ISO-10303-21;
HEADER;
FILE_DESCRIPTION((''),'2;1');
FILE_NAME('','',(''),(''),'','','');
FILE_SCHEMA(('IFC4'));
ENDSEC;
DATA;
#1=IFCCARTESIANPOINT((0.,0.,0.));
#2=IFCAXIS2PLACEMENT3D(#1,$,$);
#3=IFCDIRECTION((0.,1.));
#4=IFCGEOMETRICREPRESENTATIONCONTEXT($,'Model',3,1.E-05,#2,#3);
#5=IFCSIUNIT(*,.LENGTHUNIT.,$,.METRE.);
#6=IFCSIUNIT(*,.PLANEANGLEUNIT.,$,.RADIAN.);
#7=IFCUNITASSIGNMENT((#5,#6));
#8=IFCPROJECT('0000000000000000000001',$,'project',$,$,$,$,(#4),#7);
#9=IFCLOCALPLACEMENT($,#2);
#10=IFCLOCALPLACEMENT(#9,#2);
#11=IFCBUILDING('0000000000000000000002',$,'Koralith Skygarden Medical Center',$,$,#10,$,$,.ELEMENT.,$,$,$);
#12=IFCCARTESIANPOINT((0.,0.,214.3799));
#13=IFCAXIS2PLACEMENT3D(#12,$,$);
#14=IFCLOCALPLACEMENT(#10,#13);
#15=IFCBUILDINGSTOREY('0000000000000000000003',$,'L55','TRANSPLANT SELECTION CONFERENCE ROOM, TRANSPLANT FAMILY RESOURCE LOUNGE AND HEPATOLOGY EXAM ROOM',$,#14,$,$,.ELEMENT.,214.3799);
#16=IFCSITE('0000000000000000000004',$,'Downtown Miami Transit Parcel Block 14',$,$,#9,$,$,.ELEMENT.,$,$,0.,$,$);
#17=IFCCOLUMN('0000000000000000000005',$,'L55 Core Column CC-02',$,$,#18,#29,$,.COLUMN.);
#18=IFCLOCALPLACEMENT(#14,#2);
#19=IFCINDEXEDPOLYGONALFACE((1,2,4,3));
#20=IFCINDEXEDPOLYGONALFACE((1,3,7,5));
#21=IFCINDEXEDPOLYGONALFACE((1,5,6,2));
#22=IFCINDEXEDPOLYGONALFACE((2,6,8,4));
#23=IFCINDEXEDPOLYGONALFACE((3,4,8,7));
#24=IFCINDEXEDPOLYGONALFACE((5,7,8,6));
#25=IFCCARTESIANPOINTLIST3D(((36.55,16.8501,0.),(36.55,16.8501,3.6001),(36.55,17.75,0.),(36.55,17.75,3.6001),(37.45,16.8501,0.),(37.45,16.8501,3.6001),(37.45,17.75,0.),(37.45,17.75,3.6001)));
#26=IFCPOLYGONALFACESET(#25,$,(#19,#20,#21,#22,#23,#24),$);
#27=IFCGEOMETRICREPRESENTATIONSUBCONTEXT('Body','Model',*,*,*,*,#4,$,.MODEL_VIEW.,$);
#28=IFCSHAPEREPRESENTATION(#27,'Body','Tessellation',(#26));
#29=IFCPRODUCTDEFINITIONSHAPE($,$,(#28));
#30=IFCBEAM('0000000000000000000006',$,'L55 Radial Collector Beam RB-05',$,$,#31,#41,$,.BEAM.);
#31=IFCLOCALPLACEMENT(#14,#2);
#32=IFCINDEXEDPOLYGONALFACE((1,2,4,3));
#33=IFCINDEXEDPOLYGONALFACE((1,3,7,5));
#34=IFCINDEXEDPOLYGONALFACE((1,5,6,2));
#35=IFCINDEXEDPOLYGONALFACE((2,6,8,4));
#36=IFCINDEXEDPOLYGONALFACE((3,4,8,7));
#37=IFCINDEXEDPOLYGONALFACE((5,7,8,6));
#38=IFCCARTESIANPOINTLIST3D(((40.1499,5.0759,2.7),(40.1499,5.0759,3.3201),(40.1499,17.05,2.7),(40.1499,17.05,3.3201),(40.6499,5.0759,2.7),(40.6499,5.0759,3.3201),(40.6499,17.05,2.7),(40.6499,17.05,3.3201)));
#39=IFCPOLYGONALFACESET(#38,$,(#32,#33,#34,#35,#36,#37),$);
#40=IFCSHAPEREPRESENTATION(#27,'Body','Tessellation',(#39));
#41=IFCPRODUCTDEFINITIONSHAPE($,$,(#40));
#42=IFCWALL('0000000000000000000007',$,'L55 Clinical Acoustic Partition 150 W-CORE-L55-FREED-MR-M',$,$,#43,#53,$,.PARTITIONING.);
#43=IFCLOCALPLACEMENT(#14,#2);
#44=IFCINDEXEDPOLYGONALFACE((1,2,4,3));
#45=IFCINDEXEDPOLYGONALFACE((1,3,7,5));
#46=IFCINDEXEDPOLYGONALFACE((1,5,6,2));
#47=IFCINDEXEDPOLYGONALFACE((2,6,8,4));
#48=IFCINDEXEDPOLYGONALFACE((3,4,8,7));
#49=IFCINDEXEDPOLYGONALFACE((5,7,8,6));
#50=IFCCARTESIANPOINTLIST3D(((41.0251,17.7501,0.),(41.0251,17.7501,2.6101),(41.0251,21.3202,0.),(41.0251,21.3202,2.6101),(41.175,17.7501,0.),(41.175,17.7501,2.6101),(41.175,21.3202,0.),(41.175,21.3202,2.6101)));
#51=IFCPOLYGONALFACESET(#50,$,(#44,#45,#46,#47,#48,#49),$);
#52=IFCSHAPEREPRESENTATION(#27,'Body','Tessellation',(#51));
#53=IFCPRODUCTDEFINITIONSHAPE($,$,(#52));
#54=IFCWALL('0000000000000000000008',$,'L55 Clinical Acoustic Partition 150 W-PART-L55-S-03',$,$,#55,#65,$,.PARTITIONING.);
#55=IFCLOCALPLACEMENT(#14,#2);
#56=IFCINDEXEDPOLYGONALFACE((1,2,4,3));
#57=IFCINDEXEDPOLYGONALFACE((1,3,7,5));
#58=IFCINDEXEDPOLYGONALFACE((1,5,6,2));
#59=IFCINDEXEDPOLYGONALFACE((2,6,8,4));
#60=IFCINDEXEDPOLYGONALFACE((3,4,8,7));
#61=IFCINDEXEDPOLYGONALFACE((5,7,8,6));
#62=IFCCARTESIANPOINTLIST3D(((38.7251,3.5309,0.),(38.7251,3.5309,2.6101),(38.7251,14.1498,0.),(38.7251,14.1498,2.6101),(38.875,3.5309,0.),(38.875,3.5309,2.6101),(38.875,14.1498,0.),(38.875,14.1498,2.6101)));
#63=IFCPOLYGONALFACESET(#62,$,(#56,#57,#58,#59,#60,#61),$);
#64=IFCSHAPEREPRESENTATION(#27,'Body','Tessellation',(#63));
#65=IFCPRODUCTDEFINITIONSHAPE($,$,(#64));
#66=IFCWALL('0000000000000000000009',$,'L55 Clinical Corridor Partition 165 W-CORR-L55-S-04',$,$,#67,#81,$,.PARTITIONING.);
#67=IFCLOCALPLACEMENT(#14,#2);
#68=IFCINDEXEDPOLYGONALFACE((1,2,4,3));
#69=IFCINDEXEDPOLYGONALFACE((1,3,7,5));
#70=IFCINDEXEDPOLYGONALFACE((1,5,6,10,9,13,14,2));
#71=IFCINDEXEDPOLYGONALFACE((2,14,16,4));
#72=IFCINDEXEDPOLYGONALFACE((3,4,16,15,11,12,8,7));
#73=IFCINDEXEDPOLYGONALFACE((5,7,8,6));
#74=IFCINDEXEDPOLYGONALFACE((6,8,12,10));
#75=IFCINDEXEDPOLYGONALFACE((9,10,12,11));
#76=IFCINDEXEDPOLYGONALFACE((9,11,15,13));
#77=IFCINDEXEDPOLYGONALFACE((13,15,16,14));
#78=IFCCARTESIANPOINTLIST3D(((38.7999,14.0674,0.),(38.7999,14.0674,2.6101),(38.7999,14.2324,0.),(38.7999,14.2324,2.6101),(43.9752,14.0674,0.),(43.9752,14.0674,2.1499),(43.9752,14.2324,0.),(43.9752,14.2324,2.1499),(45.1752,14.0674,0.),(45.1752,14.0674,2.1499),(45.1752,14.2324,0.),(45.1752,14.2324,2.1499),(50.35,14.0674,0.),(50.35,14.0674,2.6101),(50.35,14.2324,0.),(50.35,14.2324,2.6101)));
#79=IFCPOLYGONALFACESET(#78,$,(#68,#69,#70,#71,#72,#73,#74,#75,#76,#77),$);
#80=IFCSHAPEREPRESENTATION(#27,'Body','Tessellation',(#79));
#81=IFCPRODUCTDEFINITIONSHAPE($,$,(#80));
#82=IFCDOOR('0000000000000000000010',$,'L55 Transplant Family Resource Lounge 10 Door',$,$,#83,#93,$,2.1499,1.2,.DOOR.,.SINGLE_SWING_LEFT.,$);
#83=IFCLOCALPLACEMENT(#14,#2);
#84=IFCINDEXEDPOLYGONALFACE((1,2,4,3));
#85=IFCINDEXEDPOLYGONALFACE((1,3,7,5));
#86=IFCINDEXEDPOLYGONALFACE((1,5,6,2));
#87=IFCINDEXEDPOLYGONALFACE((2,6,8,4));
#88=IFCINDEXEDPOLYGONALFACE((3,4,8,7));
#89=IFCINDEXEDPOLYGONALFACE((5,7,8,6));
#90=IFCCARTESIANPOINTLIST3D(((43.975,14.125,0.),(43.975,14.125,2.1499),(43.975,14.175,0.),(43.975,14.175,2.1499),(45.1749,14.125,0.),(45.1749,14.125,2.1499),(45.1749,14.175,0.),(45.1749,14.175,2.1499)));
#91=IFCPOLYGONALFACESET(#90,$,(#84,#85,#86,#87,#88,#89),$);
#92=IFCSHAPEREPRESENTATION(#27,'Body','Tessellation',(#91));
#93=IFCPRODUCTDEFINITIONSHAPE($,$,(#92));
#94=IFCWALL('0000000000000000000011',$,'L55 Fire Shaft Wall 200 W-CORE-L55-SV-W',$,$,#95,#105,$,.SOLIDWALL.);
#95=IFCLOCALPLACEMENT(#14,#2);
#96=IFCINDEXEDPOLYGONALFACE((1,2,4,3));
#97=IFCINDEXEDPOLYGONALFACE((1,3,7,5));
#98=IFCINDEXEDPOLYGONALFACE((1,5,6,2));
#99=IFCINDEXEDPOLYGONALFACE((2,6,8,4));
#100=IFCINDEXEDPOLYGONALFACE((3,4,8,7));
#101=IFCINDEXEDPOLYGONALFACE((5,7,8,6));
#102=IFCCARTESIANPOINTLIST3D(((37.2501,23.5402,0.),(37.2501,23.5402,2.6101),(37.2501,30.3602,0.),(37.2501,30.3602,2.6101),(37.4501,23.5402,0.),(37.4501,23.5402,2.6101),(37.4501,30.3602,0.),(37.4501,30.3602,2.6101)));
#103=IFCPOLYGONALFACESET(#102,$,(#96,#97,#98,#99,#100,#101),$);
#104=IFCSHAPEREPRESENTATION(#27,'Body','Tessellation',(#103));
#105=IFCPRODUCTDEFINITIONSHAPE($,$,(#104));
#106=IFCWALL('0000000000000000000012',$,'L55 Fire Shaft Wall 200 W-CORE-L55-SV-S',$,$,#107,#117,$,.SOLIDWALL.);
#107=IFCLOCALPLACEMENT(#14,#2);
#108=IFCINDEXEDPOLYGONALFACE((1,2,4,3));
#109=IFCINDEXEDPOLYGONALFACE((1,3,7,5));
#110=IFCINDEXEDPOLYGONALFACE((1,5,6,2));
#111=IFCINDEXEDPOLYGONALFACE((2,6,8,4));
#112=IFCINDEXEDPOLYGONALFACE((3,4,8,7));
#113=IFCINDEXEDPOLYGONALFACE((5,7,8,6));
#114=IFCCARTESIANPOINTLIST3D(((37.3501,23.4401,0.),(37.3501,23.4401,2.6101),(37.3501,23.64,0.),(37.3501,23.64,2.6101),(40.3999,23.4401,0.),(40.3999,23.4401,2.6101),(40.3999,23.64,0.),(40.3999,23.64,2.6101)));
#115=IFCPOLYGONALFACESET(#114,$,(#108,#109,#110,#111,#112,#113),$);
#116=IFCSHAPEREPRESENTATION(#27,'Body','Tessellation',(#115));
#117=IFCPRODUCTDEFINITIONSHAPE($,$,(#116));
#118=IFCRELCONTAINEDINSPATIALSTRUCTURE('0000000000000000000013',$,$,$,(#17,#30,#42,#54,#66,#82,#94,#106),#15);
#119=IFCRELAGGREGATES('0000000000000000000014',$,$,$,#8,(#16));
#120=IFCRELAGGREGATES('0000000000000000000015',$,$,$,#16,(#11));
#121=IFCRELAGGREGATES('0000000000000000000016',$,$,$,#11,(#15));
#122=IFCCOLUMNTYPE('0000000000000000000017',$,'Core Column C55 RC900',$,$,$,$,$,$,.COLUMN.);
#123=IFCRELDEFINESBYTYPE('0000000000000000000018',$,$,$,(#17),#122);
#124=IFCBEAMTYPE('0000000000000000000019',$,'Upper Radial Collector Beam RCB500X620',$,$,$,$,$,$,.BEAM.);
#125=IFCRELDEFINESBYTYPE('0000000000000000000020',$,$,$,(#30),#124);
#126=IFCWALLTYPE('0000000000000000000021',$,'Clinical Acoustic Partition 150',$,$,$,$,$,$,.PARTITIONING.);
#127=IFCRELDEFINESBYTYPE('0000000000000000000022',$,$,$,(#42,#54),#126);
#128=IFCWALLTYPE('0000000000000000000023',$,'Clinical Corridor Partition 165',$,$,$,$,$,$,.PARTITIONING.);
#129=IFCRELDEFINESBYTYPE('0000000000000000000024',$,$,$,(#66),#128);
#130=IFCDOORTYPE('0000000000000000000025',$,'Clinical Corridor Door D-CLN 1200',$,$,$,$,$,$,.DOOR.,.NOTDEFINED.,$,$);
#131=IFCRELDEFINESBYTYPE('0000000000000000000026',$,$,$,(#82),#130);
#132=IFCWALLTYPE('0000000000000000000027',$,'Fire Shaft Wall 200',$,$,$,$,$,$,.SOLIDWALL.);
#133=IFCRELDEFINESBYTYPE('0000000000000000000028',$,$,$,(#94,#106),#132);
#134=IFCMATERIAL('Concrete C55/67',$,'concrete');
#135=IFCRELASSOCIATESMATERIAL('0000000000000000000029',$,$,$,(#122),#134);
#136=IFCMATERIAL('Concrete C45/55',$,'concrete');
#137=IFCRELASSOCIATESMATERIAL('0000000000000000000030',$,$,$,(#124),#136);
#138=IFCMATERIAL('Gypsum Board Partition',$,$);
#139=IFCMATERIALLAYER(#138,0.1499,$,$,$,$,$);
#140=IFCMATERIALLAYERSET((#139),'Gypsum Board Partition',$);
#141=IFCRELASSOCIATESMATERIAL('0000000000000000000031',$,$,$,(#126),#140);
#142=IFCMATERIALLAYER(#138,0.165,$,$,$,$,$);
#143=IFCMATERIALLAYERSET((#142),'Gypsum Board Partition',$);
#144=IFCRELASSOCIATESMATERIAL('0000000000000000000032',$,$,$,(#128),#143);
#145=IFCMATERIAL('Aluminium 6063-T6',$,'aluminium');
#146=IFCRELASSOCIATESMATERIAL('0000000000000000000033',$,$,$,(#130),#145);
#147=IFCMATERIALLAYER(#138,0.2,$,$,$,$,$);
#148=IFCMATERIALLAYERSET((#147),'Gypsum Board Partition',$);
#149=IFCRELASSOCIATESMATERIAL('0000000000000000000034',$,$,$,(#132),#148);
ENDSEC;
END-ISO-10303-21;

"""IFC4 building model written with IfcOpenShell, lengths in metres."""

from ifc_helpers import new_model, si_unit, direction, frame, frame_2d, origin, origin_2d, place, context, subcontext, project, spatial, rectangle, extrude, material, layer, layer_set, material_profile, profile_set, type_object, element, fill, save


model = new_model("IFC4")

# Units and contexts
model_context = context("Model", 3, precision=1e-05, world=origin(), true_north=direction((0.0, 1.0)))
body_context = subcontext(model_context, "Body", "Model", "MODEL_VIEW")
ifc_project = project(units=[si_unit("LENGTHUNIT", "METRE"), si_unit("PLANEANGLEUNIT", "RADIAN")], contexts=[model_context])

# Site, building, storey
site_placement = place(None, origin())
site = spatial("IfcSite", under=ifc_project, at=site_placement, Name="Downtown Miami Transit Parcel Block 14", CompositionType="ELEMENT", RefElevation=0.0)
building_placement = place(site_placement, origin())
building = spatial("IfcBuilding", under=site, at=building_placement, Name="Koralith Skygarden Medical Center", CompositionType="ELEMENT")
storey_placement = place(building_placement, frame((0.0, 0.0, 214.3799)))
storey = spatial("IfcBuildingStorey", under=building, at=storey_placement, Name="L55", Description="TRANSPLANT SELECTION CONFERENCE ROOM, TRANSPLANT FAMILY RESOURCE LOUNGE AND HEPATOLOGY EXAM ROOM", CompositionType="ELEMENT", Elevation=214.3799)

# Column
ifc_material_1 = material(Name="Concrete C55/67", Category="concrete")
ifc_material_profile_1 = material_profile(ifc_material_1, rectangle(XDim=0.8999, YDim=0.8999, at=origin_2d()), Name="RC900X900")
ifc_profile_set_1 = profile_set([ifc_material_profile_1], Name="Concrete C55/67")
column_type = type_object("IfcColumnType", Name="Core Column C55 RC900", PredefinedType="COLUMN", material=ifc_profile_set_1)
column_placement = place(storey_placement, frame((37.0, 17.3, 0.0), z_axis=(0.0, 0.0, 1.0), x_axis=(1.0, 0.0, 0.0)))
element("IfcColumn", 1, at=column_placement, inside=storey, type_object=column_type, Name="L55 Core Column CC-02", PredefinedType="COLUMN", context=body_context, shape_type="SweptSolid", body=[
    extrude(rectangle(XDim=0.8999, YDim=0.8999, at=origin_2d()), origin(), (0.0, 0.0, 1.0), 3.6001),
])

# Beam
ifc_material_2 = material(Name="Concrete C45/55", Category="concrete")
ifc_material_profile_2 = material_profile(ifc_material_2, rectangle(XDim=0.5, YDim=0.6201, at=origin_2d()), Name="RCB500X620")
ifc_profile_set_2 = profile_set([ifc_material_profile_2], Name="Concrete C45/55")
beam_type = type_object("IfcBeamType", Name="Upper Radial Collector Beam RCB500X620", PredefinedType="BEAM", material=ifc_profile_set_2)
beam_placement = place(storey_placement, frame((40.3999, 17.05, 3.01), z_axis=(0.0, -1.0, 0.0), x_axis=(1.0, 0.0, 0.0)))
element("IfcBeam", 2, at=beam_placement, inside=storey, type_object=beam_type, Name="L55 Radial Collector Beam RB-05", PredefinedType="BEAM", context=body_context, shape_type="SweptSolid", body=[
    extrude(rectangle(XDim=0.5, YDim=0.6201, at=origin_2d()), origin(), (0.0, 0.0, 1.0), 11.9741),
])

# Shared definitions
ifc_material_3 = material(Name="Gypsum Board Partition")
ifc_layer_1 = layer(ifc_material_3, 0.1499)
ifc_layer_set_1 = layer_set([ifc_layer_1], Name="Gypsum Board Partition")
wall_type_1 = type_object("IfcWallType", Name="Clinical Acoustic Partition 150", PredefinedType="PARTITIONING", material=ifc_layer_set_1)
ifc_material_4 = material(Name="Aluminium 6063-T6", Category="aluminium")

# Walls
wall_1_placement = place(storey_placement, frame((41.1001, 17.75, 0.0), z_axis=(0.0, 0.0, 1.0), x_axis=(0.0, 1.0, 0.0)))
element("IfcWall", 3, at=wall_1_placement, inside=storey, type_object=wall_type_1, Name="L55 Clinical Acoustic Partition 150 W-CORE-L55-FREED-MR-M", PredefinedType="PARTITIONING", context=body_context, shape_type="SweptSolid", body=[
    extrude(rectangle(XDim=3.5701, YDim=0.1499, at=frame_2d((1.7852, 0.0))), origin(), (0.0, 0.0, 1.0), 2.6101),
])
wall_2_placement = place(storey_placement, frame((38.8, 14.1499, 0.0), z_axis=(0.0, 0.0, 1.0), x_axis=(0.0, -1.0, 0.0)))
element("IfcWall", 4, at=wall_2_placement, inside=storey, type_object=wall_type_1, Name="L55 Clinical Acoustic Partition 150 W-PART-L55-S-03", PredefinedType="PARTITIONING", context=body_context, shape_type="SweptSolid", body=[
    extrude(rectangle(XDim=10.6189, YDim=0.1499, at=frame_2d((5.3096, 0.0))), origin(), (0.0, 0.0, 1.0), 2.6101),
])

# Wall, opening, door
ifc_layer_2 = layer(ifc_material_3, 0.165)
ifc_layer_set_2 = layer_set([ifc_layer_2], Name="Gypsum Board Partition")
wall_type_2 = type_object("IfcWallType", Name="Clinical Corridor Partition 165", PredefinedType="PARTITIONING", material=ifc_layer_set_2)
wall_3_placement = place(storey_placement, frame((38.8, 14.1499, 0.0), z_axis=(0.0, 0.0, 1.0), x_axis=(1.0, 0.0, 0.0)))
wall_3 = element("IfcWall", 5, at=wall_3_placement, inside=storey, type_object=wall_type_2, Name="L55 Clinical Corridor Partition 165 W-CORR-L55-S-04", PredefinedType="PARTITIONING", context=body_context, shape_type="SweptSolid", body=[
    extrude(rectangle(XDim=11.55, YDim=0.165, at=frame_2d((5.7749, 0.0))), origin(), (0.0, 0.0, 1.0), 2.6101),
])
opening_1_placement = place(wall_3_placement, frame((5.175, 0.0, 0.0)))
opening_1 = element("IfcOpeningElement", 6, at=opening_1_placement, cuts=wall_3, PredefinedType="OPENING", context=body_context, shape_type="SweptSolid", body=[
    extrude(rectangle(XDim=1.2, YDim=2.1499, at=frame_2d((0.6001, 1.075))), frame((0.0, 0.0925, 0.0), z_axis=(0.0, -1.0, 0.0), x_axis=(1.0, 0.0, 0.0)), (0.0, 0.0, 1.0), 0.1851),
])
door_type_1 = type_object("IfcDoorType", Name="Clinical Corridor Door D-CLN 1200", OperationType="NOTDEFINED", PredefinedType="DOOR", material=ifc_material_4)
door_1_placement = place(opening_1_placement, frame((1.2, 0.0, 0.0), z_axis=(0.0, 0.0, 1.0), x_axis=(-1.0, 0.0, 0.0)))
door_1 = element("IfcDoor", 7, at=door_1_placement, inside=storey, type_object=door_type_1, Name="L55 Transplant Family Resource Lounge 10 Door", OperationType="SINGLE_SWING_LEFT", OverallHeight=2.1499, OverallWidth=1.2, PredefinedType="DOOR", context=body_context, shape_type="SweptSolid", body=[
    extrude(rectangle(XDim=1.2, YDim=2.1499, at=frame_2d((0.6001, 1.075))), frame((0.0, 0.0249, 0.0), z_axis=(0.0, -1.0, 0.0), x_axis=(1.0, 0.0, 0.0)), (0.0, 0.0, 1.0), 0.05),
])
fill(opening_1, door_1)
ifc_layer_3 = layer(ifc_material_3, 0.2)
ifc_layer_set_3 = layer_set([ifc_layer_3], Name="Gypsum Board Partition")
wall_type_3 = type_object("IfcWallType", Name="Fire Shaft Wall 200", PredefinedType="SOLIDWALL", material=ifc_layer_set_3)

# Walls
wall_4_placement = place(storey_placement, frame((37.3501, 23.54, 0.0), z_axis=(0.0, 0.0, 1.0), x_axis=(0.0, 1.0, 0.0)))
element("IfcWall", 8, at=wall_4_placement, inside=storey, type_object=wall_type_3, Name="L55 Fire Shaft Wall 200 W-CORE-L55-SV-W", PredefinedType="SOLIDWALL", context=body_context, shape_type="SweptSolid", body=[
    extrude(rectangle(XDim=6.8201, YDim=0.2, at=frame_2d((3.4102, 0.0))), origin(), (0.0, 0.0, 1.0), 2.6101),
])
wall_5_placement = place(storey_placement, frame((37.3501, 23.54, 0.0), z_axis=(0.0, 0.0, 1.0), x_axis=(1.0, 0.0, 0.0)))
element("IfcWall", 9, at=wall_5_placement, inside=storey, type_object=wall_type_3, Name="L55 Fire Shaft Wall 200 W-CORE-L55-SV-S", PredefinedType="SOLIDWALL", context=body_context, shape_type="SweptSolid", body=[
    extrude(rectangle(XDim=3.0498, YDim=0.2, at=frame_2d((1.5249, 0.0))), origin(), (0.0, 0.0, 1.0), 2.6101),
])

save(model, "model.ifc")
